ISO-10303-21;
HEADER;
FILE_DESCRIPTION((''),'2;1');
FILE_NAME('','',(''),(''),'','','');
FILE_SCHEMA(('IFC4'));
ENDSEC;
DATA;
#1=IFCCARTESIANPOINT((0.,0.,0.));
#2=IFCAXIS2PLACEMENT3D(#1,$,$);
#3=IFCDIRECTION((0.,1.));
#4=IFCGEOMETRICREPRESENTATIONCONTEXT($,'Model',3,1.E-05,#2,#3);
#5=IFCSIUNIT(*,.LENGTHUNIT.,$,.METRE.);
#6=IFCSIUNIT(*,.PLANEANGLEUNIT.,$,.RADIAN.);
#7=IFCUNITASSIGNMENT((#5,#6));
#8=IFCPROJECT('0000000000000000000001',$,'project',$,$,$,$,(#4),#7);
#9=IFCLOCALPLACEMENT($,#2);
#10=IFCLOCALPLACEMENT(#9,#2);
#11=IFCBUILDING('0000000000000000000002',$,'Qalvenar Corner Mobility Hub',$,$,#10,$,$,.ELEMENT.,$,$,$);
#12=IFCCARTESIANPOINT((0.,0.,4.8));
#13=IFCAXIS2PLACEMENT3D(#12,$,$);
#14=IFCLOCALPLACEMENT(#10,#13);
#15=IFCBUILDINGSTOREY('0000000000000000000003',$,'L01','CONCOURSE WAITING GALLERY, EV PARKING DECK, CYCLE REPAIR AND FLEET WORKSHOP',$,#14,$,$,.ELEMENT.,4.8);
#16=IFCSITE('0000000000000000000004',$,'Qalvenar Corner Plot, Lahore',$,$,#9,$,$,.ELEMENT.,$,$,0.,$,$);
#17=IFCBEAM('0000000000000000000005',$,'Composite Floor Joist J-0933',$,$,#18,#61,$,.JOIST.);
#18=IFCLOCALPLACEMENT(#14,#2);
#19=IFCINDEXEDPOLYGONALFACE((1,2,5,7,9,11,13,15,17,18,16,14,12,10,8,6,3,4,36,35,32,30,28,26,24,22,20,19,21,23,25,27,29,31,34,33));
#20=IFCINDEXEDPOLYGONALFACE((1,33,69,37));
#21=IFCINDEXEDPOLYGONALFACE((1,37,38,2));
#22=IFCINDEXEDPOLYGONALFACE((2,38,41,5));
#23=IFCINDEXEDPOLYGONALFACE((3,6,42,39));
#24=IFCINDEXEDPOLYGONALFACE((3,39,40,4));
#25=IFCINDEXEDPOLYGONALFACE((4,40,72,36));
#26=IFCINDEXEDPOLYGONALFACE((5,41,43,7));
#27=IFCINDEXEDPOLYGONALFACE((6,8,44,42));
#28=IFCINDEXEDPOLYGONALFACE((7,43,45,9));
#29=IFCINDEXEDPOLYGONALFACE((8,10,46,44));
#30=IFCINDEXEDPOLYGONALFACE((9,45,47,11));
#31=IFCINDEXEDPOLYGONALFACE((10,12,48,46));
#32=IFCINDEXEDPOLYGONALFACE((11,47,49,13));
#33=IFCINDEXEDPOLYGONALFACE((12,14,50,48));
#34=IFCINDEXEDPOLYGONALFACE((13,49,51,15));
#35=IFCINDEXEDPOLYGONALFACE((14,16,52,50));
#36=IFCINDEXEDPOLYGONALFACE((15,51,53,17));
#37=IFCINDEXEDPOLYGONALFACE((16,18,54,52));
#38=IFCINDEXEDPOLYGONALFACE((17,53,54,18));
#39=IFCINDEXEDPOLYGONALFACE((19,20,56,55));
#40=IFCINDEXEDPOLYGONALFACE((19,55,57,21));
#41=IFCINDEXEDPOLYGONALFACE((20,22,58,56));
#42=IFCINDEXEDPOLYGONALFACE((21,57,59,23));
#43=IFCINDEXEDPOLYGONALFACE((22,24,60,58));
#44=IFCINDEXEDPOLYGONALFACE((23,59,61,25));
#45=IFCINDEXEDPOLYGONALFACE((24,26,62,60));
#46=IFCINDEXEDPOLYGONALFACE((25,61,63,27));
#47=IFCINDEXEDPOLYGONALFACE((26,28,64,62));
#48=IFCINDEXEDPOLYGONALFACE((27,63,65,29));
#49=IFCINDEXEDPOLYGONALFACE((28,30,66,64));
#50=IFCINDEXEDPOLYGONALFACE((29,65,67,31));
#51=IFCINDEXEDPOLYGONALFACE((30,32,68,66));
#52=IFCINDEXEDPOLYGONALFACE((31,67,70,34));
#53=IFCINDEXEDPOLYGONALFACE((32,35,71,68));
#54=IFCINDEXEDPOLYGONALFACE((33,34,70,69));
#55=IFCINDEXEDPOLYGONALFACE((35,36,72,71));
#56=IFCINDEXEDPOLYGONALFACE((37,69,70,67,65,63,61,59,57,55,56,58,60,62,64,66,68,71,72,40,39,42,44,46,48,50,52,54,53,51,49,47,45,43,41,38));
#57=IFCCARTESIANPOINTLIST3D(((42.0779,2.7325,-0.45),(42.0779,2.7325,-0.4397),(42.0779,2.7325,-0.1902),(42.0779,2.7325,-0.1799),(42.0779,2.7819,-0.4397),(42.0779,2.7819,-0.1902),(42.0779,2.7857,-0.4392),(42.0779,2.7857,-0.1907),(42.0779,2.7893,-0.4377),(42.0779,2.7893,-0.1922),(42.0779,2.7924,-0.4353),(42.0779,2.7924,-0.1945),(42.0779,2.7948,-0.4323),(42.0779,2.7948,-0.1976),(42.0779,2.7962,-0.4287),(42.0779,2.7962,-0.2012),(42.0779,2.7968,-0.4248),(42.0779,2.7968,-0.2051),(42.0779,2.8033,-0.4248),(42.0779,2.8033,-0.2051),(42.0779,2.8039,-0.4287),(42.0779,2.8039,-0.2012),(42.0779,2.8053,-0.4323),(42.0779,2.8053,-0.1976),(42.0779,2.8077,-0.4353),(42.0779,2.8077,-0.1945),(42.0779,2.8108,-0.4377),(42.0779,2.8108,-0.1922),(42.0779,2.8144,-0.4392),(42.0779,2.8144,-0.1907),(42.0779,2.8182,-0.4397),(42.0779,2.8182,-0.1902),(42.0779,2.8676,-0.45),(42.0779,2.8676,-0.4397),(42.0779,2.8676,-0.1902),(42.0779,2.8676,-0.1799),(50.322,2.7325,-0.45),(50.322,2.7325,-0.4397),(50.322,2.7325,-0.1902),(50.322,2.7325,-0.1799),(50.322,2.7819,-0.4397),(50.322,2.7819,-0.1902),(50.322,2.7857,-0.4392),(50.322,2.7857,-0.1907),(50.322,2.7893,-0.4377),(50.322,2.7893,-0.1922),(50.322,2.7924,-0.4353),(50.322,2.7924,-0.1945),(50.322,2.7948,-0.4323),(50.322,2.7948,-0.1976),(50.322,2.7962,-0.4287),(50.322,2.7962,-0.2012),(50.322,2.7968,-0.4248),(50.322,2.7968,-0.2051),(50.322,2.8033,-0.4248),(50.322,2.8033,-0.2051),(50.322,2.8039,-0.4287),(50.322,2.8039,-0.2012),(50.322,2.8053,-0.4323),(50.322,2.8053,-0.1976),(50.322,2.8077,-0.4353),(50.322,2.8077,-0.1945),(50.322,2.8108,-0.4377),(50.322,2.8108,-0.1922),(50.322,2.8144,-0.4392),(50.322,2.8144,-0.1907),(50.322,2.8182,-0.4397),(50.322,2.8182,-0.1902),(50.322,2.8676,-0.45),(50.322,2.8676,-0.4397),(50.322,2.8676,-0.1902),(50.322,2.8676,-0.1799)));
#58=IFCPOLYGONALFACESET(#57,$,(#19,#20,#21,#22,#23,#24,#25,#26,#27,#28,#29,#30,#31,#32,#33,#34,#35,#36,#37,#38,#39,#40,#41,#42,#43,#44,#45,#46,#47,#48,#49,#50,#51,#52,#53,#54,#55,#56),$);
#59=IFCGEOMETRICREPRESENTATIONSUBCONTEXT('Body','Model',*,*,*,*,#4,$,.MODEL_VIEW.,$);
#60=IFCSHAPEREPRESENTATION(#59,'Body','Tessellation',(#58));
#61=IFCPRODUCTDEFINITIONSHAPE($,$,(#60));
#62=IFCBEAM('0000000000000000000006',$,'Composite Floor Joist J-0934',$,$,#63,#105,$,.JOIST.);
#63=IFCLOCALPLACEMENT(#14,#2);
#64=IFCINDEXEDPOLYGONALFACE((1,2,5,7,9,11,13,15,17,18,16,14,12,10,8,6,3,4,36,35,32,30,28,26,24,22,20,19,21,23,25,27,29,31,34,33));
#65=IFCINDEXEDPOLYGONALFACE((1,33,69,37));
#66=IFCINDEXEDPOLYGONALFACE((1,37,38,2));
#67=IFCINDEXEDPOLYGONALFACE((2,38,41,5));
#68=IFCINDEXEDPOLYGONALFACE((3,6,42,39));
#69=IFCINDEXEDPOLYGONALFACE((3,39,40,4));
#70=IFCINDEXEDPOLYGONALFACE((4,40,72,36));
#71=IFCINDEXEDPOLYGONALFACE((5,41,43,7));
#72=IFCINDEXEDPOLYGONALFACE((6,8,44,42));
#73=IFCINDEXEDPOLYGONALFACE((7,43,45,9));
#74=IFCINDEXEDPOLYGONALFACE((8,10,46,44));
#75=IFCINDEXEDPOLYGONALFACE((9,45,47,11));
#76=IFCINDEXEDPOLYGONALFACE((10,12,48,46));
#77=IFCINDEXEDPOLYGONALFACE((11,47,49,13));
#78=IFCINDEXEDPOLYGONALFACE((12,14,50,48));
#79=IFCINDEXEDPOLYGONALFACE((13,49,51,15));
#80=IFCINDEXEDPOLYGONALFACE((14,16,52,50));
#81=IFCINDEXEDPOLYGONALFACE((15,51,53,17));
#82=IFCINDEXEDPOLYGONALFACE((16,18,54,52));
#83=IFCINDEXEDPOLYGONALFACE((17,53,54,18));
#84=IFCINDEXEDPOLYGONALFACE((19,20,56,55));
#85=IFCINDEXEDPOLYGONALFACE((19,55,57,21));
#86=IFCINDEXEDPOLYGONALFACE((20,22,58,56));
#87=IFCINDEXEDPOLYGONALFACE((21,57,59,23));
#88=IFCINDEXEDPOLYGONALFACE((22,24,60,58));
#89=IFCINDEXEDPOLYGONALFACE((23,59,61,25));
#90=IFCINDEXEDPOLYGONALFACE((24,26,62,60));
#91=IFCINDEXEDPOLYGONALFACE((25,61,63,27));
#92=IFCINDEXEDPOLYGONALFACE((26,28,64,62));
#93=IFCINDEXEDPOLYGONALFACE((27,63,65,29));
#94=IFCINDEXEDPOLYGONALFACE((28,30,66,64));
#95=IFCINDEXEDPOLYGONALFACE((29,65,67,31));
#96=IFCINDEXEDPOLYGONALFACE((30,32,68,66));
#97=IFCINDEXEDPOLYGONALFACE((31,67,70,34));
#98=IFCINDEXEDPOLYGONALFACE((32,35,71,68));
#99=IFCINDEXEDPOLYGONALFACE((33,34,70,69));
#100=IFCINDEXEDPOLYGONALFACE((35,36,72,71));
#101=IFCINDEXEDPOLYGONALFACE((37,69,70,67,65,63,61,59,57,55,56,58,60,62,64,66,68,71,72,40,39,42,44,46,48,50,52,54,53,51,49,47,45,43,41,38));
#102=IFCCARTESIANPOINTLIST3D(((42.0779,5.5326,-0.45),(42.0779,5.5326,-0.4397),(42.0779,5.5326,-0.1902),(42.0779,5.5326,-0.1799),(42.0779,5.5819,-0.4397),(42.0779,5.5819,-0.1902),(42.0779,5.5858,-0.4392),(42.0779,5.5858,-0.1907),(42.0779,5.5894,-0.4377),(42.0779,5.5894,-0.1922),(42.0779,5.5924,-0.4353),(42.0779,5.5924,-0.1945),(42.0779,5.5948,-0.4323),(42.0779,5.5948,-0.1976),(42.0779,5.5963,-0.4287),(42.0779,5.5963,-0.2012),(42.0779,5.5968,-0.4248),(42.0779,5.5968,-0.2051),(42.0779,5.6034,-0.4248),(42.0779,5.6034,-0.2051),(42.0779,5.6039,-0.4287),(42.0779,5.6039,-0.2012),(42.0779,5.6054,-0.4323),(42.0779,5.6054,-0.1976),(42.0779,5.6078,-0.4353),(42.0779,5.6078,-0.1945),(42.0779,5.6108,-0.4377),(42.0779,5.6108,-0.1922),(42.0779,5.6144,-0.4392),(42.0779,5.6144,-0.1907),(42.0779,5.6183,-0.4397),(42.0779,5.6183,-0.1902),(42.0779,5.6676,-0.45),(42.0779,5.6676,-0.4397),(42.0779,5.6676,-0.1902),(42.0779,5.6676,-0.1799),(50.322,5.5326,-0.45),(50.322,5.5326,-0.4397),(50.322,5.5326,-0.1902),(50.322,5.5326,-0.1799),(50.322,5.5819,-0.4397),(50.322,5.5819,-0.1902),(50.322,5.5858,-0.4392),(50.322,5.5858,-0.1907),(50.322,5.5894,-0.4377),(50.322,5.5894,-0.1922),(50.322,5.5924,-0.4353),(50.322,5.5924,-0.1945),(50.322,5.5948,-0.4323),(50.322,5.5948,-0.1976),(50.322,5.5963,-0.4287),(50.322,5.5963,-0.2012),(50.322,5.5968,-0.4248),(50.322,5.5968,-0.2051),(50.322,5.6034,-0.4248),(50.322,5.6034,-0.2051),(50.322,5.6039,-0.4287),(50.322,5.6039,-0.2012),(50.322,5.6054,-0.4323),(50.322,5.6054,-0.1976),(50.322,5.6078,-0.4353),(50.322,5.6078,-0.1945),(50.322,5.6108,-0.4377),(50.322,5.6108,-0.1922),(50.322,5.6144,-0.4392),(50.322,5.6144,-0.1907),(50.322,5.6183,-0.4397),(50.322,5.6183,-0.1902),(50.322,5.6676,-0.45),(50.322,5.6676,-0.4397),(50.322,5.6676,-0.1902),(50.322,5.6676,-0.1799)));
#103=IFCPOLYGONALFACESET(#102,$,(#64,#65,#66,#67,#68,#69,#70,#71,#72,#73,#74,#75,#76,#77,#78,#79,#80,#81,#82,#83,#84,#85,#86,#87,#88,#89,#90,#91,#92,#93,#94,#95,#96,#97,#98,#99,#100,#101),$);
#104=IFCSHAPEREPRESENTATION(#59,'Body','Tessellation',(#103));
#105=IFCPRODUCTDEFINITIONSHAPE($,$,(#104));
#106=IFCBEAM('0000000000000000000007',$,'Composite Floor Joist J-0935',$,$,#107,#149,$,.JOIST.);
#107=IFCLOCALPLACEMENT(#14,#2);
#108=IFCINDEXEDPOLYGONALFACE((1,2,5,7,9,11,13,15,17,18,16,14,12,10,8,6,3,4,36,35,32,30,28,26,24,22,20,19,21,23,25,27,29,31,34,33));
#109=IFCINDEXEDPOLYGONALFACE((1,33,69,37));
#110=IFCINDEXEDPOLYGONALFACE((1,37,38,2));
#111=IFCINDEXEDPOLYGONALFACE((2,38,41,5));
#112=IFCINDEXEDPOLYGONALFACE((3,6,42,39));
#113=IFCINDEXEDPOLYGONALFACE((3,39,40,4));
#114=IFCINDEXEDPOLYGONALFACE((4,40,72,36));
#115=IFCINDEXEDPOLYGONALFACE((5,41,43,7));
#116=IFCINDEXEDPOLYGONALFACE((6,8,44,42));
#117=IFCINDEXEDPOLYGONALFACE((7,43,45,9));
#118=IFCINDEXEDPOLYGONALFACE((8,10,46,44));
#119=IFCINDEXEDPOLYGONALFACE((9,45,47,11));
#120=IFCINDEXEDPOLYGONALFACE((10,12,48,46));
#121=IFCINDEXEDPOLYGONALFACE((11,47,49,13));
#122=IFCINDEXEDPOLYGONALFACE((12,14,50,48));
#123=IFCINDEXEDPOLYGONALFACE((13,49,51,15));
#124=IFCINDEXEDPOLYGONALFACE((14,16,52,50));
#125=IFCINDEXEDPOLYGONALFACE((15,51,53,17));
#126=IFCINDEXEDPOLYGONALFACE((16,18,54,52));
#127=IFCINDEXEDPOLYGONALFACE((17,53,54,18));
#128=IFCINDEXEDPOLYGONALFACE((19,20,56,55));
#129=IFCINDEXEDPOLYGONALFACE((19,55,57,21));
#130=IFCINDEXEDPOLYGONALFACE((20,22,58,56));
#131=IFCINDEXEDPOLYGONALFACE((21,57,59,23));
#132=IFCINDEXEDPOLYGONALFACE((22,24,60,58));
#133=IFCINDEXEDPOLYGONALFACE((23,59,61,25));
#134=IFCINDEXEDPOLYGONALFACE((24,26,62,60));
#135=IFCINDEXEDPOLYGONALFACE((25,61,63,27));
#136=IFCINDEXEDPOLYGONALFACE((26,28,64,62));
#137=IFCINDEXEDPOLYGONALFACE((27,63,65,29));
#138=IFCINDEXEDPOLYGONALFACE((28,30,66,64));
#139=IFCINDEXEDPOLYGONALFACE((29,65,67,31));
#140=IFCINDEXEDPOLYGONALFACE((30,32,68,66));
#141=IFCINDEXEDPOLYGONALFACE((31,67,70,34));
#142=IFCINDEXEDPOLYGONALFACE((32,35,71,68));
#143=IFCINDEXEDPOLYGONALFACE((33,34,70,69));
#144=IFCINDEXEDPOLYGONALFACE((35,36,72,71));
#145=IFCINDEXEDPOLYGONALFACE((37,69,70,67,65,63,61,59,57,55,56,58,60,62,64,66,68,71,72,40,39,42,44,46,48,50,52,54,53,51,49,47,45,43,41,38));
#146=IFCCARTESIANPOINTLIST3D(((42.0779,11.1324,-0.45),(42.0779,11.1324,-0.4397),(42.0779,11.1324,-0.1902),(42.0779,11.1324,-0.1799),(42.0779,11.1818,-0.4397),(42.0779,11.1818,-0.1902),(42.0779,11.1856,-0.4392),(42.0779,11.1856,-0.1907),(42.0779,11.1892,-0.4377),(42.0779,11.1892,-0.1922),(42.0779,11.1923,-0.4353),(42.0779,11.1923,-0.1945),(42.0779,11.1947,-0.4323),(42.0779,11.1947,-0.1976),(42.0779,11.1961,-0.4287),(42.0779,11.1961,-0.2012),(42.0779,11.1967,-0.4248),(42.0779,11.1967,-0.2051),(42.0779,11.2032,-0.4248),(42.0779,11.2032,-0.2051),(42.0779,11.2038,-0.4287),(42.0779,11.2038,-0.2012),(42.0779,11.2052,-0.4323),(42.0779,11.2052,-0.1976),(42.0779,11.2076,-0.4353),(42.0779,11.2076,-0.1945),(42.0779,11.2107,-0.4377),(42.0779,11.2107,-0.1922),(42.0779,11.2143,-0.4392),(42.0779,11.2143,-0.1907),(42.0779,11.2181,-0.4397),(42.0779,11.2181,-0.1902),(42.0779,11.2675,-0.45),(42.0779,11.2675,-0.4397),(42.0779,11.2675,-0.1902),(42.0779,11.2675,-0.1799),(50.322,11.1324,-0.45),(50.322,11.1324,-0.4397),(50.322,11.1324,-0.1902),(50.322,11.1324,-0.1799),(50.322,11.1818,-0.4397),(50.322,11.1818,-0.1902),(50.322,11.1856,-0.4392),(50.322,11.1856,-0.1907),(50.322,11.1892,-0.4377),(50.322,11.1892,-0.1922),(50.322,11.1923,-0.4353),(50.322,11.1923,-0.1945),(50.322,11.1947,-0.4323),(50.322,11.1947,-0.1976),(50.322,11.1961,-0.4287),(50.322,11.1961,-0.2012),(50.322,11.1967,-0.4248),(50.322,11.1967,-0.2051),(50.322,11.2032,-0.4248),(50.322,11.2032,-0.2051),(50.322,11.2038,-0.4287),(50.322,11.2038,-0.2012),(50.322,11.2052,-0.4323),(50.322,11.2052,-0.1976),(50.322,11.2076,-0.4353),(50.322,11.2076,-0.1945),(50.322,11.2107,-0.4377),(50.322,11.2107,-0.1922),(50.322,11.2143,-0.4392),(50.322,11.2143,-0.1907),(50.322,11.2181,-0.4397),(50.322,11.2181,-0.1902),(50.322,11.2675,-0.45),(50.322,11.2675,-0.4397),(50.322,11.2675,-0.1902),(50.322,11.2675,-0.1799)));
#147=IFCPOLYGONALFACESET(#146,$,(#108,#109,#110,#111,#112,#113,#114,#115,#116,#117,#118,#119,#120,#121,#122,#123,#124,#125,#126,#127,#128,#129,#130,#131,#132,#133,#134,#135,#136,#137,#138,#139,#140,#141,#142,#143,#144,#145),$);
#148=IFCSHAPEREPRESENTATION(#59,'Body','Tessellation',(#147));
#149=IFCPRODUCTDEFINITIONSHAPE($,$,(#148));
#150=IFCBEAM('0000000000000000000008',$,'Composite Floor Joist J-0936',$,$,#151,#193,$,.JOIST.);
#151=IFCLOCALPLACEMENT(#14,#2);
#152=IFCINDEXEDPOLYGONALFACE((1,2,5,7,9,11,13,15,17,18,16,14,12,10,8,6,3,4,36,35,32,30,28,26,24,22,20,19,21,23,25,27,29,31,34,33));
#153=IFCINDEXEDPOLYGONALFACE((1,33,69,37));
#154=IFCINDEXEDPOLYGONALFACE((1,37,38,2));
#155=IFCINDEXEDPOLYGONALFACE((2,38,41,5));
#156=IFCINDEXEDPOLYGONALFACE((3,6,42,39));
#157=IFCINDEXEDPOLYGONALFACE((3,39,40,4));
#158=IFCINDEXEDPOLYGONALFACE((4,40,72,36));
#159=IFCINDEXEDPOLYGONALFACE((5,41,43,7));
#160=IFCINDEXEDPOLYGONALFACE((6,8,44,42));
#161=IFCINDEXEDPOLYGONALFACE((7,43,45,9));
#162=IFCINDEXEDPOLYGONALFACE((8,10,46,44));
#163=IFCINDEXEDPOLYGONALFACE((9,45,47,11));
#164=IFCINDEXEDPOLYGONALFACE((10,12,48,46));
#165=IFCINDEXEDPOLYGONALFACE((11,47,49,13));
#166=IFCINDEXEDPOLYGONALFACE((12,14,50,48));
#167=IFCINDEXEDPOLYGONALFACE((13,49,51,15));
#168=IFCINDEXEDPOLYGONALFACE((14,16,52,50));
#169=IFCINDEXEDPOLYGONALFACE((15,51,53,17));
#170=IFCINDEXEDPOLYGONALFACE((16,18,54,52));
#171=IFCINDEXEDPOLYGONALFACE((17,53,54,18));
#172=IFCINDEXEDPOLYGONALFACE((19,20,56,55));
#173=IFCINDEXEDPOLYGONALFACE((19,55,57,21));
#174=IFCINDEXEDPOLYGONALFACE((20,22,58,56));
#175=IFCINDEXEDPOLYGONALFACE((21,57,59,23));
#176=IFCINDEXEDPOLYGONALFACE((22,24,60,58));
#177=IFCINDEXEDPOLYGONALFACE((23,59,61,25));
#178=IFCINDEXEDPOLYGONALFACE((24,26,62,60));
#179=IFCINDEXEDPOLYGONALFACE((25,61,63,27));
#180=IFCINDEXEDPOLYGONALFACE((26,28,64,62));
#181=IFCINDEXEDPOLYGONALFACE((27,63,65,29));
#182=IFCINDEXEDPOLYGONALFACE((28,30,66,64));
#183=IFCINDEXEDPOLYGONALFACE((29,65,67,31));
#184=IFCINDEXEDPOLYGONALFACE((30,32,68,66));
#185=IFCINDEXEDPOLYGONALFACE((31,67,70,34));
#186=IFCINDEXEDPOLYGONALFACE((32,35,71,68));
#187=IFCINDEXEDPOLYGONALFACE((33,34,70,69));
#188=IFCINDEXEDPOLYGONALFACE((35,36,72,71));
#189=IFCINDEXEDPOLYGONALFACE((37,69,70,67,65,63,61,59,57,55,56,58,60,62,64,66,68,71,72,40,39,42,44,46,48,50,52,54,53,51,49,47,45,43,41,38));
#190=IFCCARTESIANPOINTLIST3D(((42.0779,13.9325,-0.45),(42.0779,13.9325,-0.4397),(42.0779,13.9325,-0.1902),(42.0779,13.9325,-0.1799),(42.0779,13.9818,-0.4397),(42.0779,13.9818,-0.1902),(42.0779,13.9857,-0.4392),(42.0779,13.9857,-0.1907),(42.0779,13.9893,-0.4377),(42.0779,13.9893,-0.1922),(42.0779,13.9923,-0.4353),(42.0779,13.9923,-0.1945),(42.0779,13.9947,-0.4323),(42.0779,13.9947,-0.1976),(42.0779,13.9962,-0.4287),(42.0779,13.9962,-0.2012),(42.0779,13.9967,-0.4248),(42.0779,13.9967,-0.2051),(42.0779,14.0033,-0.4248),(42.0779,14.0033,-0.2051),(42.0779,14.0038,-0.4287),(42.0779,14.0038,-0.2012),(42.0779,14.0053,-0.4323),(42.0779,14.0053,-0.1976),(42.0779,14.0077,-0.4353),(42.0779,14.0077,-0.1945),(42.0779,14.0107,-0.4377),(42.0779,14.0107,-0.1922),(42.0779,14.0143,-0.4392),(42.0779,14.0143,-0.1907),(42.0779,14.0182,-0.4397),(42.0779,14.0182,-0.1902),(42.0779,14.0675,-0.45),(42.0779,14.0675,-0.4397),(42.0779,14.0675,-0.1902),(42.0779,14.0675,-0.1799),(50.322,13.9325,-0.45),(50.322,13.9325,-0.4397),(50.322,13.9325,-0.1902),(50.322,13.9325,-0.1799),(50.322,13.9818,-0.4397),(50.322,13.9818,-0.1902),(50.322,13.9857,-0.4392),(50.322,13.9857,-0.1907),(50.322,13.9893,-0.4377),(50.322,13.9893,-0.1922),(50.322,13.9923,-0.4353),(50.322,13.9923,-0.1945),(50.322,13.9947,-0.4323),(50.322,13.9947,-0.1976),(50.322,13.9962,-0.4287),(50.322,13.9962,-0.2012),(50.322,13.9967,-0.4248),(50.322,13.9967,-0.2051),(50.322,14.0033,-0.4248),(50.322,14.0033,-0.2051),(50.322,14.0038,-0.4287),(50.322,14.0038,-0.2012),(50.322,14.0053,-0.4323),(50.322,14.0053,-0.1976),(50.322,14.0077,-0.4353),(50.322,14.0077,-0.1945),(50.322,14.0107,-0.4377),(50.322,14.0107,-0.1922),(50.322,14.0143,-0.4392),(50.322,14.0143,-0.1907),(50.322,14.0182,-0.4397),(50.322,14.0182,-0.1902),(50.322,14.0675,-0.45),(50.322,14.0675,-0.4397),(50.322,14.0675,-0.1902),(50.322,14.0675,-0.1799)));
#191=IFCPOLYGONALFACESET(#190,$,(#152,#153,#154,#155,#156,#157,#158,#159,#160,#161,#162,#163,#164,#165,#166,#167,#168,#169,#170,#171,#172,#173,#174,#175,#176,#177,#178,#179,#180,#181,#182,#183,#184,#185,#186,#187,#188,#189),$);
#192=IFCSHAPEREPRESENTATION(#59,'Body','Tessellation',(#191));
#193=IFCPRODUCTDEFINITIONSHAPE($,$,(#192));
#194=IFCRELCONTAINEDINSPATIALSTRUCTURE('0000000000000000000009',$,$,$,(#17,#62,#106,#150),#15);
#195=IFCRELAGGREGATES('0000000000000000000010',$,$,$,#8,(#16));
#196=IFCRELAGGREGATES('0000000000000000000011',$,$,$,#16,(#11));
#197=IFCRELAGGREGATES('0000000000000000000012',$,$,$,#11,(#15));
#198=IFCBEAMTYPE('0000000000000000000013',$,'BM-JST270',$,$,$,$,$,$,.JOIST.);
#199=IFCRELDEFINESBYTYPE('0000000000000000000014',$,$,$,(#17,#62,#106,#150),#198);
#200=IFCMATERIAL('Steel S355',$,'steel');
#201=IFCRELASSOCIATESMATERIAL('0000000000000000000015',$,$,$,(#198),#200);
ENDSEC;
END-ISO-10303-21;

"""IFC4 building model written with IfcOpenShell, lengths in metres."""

from ifc_helpers import new_model, si_unit, direction, frame, origin, origin_2d, place, context, subcontext, project, spatial, i_section, extrude, material, material_profile, profile_set, type_object, element, save


model = new_model("IFC4")

# Units and contexts
model_context = context("Model", 3, precision=1e-05, world=origin(), true_north=direction((0.0, 1.0)))
body_context = subcontext(model_context, "Body", "Model", "MODEL_VIEW")
ifc_project = project(units=[si_unit("LENGTHUNIT", "METRE"), si_unit("PLANEANGLEUNIT", "RADIAN")], contexts=[model_context])

# Site, building, storey
site_placement = place(None, origin())
site = spatial("IfcSite", under=ifc_project, at=site_placement, Name="Qalvenar Corner Plot, Lahore", CompositionType="ELEMENT", RefElevation=0.0)
building_placement = place(site_placement, origin())
building = spatial("IfcBuilding", under=site, at=building_placement, Name="Qalvenar Corner Mobility Hub", CompositionType="ELEMENT")
storey_placement = place(building_placement, frame((0.0, 0.0, 4.8)))
storey = spatial("IfcBuildingStorey", under=building, at=storey_placement, Name="L01", Description="CONCOURSE WAITING GALLERY, EV PARKING DECK, CYCLE REPAIR AND FLEET WORKSHOP", CompositionType="ELEMENT", Elevation=4.8)

# Shared definitions
ifc_material_1 = material(Name="Steel S355", Category="steel")

# Beams
ifc_material_profile_1 = material_profile(ifc_material_1, i_section(OverallWidth=0.135, OverallDepth=0.27, WebThickness=0.0066, FlangeThickness=0.0103, FilletRadius=0.0149, at=origin_2d()), Name="IPE270")
ifc_profile_set_1 = profile_set([ifc_material_profile_1], Name="Steel S355")
beam_type_1 = type_object("IfcBeamType", Name="BM-JST270", PredefinedType="JOIST", material=ifc_profile_set_1)
for number, where, z_axis, x_axis, name in (
    (1, (42.0779, 2.8, -0.3149), (1.0, 0.0, 0.0), (0.0, 1.0, 0.0), "Composite Floor Joist J-0933"),
    (2, (42.0779, 5.6001, -0.3149), (1.0, 0.0, 0.0), (0.0, 1.0, 0.0), "Composite Floor Joist J-0934"),
    (3, (42.0779, 11.2, -0.3149), (1.0, 0.0, 0.0), (0.0, 1.0, 0.0), "Composite Floor Joist J-0935"),
    (4, (42.0779, 14.0, -0.3149), (1.0, 0.0, 0.0), (0.0, 1.0, 0.0), "Composite Floor Joist J-0936"),
):
    element("IfcBeam", number, at=place(storey_placement, frame(where, z_axis=z_axis, x_axis=x_axis)), inside=storey, type_object=beam_type_1, Name=name, PredefinedType="JOIST", context=body_context, shape_type="SweptSolid", body=[
        extrude(i_section(OverallWidth=0.135, OverallDepth=0.27, WebThickness=0.0066, FlangeThickness=0.0103, FilletRadius=0.0149, at=origin_2d()), origin(), (0.0, 0.0, 1.0), 8.2441),
    ])

save(model, "model.ifc")
